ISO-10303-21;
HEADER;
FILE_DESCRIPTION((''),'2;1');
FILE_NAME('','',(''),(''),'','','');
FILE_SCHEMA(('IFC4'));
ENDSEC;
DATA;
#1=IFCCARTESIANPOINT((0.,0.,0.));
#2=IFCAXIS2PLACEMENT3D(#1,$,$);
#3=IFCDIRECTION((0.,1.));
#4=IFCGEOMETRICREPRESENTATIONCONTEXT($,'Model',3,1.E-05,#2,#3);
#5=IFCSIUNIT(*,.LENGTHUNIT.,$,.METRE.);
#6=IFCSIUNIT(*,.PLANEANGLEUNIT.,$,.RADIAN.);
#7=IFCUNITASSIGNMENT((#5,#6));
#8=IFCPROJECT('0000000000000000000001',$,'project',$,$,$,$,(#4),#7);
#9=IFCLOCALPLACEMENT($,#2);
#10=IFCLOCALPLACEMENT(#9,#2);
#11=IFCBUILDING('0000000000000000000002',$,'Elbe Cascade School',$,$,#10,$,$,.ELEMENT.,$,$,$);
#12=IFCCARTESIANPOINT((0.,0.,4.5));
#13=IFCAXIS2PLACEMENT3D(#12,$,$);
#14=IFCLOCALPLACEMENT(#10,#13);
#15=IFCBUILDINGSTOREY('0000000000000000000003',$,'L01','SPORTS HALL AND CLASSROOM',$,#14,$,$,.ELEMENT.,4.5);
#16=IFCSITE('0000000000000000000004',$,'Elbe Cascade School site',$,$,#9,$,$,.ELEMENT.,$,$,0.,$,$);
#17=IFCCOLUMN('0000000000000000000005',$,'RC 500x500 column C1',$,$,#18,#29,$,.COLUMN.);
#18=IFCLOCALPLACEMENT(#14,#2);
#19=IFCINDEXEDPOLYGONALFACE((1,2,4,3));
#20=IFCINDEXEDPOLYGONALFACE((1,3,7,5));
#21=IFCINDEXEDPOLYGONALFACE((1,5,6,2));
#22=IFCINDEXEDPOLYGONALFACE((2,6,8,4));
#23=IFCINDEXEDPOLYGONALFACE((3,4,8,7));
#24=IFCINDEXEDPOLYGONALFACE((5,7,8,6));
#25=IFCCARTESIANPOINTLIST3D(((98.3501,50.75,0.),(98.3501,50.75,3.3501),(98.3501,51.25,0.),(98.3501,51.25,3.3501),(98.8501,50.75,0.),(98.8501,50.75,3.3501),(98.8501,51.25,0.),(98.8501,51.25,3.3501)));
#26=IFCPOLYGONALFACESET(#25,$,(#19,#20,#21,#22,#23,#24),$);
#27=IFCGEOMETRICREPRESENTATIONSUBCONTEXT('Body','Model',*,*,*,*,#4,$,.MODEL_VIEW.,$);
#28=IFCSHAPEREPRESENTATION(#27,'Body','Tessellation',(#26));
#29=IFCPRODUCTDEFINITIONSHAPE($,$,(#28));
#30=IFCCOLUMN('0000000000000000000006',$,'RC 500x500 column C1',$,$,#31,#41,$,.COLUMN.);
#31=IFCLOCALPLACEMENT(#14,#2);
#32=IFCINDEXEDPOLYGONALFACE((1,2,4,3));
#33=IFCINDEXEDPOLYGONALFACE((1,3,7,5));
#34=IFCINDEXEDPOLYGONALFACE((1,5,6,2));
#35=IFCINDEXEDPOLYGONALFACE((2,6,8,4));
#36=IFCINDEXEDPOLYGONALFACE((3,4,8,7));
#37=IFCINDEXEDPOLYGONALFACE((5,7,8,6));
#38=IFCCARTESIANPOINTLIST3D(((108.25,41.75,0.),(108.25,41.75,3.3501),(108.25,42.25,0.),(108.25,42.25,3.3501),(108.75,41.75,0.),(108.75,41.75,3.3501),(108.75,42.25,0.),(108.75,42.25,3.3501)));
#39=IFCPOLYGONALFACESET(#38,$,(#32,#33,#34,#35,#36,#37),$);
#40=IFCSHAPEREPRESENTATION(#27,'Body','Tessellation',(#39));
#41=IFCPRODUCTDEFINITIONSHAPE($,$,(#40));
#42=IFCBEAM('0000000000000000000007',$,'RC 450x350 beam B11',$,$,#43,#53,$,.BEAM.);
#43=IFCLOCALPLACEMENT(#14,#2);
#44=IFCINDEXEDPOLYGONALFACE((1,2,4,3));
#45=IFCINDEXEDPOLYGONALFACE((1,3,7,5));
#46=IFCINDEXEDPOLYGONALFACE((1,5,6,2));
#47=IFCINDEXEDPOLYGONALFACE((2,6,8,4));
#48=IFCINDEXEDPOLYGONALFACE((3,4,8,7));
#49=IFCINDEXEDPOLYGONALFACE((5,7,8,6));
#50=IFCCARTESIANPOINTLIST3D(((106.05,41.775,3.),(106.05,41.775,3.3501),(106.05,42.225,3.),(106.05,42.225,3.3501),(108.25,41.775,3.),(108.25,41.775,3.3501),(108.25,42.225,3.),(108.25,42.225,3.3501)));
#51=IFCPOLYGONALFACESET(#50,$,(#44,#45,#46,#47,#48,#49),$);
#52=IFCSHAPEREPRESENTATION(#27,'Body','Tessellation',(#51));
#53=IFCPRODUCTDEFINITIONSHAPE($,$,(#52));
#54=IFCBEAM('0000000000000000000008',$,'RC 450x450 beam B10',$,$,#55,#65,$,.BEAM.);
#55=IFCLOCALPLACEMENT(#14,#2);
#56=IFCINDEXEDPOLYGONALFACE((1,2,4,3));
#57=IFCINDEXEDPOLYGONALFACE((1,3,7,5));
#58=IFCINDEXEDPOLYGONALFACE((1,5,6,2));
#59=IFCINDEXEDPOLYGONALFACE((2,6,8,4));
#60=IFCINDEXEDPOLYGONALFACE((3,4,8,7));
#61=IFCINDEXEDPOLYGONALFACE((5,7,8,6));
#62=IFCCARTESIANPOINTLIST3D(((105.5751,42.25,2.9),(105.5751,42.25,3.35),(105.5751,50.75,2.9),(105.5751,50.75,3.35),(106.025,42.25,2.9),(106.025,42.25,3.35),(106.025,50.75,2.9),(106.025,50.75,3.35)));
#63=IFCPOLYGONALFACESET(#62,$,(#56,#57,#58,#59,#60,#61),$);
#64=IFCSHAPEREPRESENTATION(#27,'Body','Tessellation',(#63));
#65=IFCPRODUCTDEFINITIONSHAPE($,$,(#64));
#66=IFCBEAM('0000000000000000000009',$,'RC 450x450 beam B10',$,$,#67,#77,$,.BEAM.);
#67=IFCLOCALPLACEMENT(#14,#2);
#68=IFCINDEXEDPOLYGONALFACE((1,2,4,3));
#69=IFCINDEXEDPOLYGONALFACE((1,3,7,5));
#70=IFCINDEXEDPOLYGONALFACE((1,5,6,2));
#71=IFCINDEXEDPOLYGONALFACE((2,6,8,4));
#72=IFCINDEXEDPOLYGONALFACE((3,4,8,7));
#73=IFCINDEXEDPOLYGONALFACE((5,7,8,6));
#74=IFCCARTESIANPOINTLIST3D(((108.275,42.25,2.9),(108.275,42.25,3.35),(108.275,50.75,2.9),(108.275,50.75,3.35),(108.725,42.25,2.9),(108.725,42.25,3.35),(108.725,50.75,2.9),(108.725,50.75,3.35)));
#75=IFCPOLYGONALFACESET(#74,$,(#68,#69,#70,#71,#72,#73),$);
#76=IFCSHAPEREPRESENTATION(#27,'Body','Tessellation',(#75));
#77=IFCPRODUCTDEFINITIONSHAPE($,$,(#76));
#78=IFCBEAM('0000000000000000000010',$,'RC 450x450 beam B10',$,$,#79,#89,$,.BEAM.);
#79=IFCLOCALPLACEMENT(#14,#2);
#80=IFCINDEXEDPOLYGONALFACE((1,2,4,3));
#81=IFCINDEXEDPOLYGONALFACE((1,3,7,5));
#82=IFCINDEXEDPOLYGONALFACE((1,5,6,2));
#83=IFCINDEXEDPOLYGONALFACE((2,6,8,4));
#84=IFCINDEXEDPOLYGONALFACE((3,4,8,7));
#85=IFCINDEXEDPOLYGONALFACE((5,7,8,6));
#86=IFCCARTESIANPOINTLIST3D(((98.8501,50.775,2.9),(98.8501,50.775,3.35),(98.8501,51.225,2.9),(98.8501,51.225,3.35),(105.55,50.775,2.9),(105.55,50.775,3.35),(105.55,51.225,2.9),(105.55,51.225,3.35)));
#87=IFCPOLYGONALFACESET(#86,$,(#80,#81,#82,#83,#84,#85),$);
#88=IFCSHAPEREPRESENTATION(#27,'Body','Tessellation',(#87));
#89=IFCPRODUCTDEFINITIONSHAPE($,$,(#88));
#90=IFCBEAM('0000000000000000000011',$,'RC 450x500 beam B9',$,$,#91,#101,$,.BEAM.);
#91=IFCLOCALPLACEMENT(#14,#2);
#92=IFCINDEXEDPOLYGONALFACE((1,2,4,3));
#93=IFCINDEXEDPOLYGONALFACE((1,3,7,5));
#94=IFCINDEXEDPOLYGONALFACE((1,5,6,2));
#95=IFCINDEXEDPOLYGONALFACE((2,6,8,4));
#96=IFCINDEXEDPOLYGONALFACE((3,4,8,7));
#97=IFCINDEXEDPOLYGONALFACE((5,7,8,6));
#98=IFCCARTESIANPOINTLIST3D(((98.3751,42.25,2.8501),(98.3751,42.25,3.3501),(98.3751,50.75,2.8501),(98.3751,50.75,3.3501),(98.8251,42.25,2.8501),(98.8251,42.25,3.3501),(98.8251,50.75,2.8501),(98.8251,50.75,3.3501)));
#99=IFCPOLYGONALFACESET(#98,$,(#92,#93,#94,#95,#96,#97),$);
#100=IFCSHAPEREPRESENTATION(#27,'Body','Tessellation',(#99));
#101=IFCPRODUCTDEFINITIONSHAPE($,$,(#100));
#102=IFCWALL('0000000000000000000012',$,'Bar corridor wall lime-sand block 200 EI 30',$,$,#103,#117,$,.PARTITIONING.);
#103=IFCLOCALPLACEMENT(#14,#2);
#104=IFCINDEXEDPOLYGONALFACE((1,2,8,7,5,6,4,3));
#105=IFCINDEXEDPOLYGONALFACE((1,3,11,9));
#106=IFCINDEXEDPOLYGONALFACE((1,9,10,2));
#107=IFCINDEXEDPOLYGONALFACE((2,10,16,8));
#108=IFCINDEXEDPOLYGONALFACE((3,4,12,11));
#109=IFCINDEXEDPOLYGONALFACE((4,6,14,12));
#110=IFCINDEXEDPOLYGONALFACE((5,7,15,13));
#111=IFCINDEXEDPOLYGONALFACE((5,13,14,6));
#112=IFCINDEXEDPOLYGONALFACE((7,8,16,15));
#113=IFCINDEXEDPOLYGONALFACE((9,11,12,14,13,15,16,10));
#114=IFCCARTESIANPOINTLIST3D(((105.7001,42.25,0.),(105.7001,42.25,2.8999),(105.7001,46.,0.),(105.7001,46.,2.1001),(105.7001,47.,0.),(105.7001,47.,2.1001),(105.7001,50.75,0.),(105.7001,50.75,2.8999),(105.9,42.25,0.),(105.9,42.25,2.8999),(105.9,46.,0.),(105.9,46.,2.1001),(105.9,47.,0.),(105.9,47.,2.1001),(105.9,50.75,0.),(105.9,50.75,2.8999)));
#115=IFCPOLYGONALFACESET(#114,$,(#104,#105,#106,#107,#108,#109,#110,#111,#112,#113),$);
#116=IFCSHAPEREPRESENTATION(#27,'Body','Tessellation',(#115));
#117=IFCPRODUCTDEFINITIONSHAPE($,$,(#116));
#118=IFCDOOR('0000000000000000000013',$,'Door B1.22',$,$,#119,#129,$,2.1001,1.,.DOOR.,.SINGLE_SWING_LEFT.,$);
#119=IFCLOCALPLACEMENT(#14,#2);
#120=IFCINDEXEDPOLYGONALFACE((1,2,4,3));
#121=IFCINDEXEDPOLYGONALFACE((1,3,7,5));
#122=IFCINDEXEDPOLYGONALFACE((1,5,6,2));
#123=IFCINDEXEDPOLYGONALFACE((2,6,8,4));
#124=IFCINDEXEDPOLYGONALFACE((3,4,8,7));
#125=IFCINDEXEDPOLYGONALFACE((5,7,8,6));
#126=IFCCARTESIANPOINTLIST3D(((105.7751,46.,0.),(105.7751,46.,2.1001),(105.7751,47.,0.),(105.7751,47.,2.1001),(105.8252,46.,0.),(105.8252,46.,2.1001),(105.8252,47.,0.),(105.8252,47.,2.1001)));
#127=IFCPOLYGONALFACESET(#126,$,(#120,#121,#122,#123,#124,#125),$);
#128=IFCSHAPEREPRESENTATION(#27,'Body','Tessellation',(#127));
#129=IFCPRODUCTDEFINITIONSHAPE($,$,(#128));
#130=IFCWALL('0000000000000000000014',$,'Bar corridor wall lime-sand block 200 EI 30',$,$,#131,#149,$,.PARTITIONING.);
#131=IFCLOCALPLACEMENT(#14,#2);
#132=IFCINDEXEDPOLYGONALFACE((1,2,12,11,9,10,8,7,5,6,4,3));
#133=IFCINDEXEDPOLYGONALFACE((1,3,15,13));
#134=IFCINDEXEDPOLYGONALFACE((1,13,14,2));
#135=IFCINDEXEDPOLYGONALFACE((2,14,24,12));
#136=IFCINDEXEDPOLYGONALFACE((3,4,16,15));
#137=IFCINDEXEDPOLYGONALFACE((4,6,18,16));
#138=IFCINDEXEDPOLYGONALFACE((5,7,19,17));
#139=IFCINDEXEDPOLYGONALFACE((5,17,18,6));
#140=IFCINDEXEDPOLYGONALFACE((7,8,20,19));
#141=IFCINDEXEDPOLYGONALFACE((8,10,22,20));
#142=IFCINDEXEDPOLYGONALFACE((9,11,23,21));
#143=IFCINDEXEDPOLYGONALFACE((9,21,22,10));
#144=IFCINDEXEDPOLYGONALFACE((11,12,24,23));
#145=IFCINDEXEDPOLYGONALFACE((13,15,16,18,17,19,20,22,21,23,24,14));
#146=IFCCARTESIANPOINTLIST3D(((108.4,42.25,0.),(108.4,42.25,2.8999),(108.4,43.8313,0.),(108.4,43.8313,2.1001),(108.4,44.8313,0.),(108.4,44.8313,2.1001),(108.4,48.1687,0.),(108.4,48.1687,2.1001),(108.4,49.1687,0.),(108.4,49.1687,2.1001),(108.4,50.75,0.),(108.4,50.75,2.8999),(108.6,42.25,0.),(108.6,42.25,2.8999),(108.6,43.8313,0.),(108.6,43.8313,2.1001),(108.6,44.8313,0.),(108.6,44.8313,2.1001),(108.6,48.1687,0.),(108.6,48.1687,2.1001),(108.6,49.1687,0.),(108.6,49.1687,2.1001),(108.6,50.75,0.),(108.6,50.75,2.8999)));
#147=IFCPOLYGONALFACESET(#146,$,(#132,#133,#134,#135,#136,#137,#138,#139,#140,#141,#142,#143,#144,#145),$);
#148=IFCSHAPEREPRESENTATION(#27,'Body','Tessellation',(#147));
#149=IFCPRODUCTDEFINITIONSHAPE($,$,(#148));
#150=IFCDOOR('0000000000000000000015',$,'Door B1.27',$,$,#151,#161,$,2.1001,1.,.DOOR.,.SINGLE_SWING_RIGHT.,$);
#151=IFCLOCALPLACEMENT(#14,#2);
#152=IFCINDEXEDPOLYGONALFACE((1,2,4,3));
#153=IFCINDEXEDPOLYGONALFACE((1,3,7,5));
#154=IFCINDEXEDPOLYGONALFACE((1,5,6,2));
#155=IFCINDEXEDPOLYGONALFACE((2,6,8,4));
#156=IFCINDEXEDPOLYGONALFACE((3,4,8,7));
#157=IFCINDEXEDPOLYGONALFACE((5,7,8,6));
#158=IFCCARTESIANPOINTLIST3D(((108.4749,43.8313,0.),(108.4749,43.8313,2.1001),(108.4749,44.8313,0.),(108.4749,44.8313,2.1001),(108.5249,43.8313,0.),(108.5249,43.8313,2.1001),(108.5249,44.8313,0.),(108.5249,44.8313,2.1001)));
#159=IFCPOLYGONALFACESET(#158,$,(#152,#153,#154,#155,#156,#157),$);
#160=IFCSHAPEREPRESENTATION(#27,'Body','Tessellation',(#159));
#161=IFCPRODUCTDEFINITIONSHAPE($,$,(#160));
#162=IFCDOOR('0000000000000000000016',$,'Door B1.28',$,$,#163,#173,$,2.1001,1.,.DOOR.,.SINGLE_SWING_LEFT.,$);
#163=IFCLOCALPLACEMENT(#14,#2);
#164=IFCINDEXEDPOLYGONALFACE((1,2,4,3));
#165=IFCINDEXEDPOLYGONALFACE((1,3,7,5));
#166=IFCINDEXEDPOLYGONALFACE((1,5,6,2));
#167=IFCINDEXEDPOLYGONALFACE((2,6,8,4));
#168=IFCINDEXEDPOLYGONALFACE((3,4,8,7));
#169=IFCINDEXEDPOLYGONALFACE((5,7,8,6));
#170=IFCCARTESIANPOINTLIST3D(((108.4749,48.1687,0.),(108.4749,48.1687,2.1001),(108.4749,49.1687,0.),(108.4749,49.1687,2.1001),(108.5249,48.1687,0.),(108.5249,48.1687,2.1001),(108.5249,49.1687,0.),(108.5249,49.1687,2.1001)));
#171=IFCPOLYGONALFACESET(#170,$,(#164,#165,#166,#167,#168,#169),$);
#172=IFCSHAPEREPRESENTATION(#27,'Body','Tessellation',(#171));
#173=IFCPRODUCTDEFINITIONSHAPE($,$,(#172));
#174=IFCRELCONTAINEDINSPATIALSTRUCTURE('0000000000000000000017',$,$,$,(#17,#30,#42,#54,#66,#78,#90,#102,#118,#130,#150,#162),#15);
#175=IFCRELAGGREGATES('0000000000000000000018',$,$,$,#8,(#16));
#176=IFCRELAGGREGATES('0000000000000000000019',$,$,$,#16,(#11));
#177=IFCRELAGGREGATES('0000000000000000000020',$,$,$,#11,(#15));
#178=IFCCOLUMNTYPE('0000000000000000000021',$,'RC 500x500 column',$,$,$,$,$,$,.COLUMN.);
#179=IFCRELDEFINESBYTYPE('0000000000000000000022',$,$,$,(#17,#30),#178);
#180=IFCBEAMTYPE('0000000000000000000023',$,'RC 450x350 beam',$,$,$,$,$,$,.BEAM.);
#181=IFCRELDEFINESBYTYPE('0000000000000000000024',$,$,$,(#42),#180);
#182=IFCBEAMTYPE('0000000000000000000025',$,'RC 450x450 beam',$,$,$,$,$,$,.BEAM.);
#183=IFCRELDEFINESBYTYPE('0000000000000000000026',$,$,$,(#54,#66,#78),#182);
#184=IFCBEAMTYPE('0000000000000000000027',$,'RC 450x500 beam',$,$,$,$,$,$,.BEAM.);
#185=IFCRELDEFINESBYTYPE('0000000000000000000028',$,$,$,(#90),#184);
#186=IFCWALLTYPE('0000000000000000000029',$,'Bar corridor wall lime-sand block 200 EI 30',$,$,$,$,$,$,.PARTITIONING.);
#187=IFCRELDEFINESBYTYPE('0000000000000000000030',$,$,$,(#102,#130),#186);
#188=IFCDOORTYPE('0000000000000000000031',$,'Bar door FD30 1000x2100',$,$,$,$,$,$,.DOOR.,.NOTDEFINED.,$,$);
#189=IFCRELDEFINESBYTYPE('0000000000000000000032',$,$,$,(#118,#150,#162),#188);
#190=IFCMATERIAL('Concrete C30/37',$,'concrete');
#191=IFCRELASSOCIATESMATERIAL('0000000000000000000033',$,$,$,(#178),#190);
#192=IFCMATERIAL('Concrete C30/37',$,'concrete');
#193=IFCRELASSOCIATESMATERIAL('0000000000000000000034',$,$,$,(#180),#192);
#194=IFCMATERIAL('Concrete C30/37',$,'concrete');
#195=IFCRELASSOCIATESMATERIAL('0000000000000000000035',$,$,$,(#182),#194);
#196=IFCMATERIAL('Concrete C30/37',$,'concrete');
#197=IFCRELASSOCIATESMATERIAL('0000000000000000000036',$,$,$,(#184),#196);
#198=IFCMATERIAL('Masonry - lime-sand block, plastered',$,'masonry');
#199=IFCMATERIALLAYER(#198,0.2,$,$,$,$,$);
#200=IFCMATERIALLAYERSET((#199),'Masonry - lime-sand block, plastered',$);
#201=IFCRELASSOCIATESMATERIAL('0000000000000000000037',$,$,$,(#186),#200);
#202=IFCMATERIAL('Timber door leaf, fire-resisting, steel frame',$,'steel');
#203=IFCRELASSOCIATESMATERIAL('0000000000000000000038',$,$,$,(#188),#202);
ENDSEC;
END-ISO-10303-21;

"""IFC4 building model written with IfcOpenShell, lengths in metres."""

from ifc_helpers import new_model, si_unit, direction, frame, frame_2d, origin, origin_2d, place, context, subcontext, project, spatial, rectangle, extrude, material, layer, layer_set, material_profile, profile_set, type_object, element, fill, save


model = new_model("IFC4")

# Units and contexts
model_context = context("Model", 3, precision=1e-05, world=origin(), true_north=direction((0.0, 1.0)))
body_context = subcontext(model_context, "Body", "Model", "MODEL_VIEW")
ifc_project = project(units=[si_unit("LENGTHUNIT", "METRE"), si_unit("PLANEANGLEUNIT", "RADIAN")], contexts=[model_context])

# Site, building, storey
site_placement = place(None, origin())
site = spatial("IfcSite", under=ifc_project, at=site_placement, Name="Elbe Cascade School site", CompositionType="ELEMENT", RefElevation=0.0)
building_placement = place(site_placement, origin())
building = spatial("IfcBuilding", under=site, at=building_placement, Name="Elbe Cascade School", CompositionType="ELEMENT")
storey_placement = place(building_placement, frame((0.0, 0.0, 4.5)))
storey = spatial("IfcBuildingStorey", under=building, at=storey_placement, Name="L01", Description="SPORTS HALL AND CLASSROOM", CompositionType="ELEMENT", Elevation=4.5)

# Columns
ifc_material_1 = material(Name="Concrete C30/37", Category="concrete")
ifc_material_profile_1 = material_profile(ifc_material_1, rectangle(XDim=0.5, YDim=0.5, at=origin_2d()), Name="RC 500x500")
ifc_profile_set_1 = profile_set([ifc_material_profile_1], Name="Concrete C30/37")
column_type = type_object("IfcColumnType", Name="RC 500x500 column", PredefinedType="COLUMN", material=ifc_profile_set_1)
for number, where, z_axis, x_axis, name in (
    (1, (98.6001, 51.0, 0.0), (0.0, 0.0, 1.0), (1.0, 0.0, 0.0), "RC 500x500 column C1"),
    (2, (108.5, 42.0, 0.0), (0.0, 0.0, 1.0), (1.0, 0.0, 0.0), "RC 500x500 column C1"),
):
    element("IfcColumn", number, at=place(storey_placement, frame(where, z_axis=z_axis, x_axis=x_axis)), inside=storey, type_object=column_type, Name=name, PredefinedType="COLUMN", context=body_context, shape_type="SweptSolid", body=[
        extrude(rectangle(XDim=0.5, YDim=0.5, at=origin_2d()), origin(), (0.0, 0.0, 1.0), 3.3501),
    ])

# Beams
ifc_material_2 = material(Name="Concrete C30/37", Category="concrete")
ifc_material_profile_2 = material_profile(ifc_material_2, rectangle(XDim=0.45, YDim=0.3501, at=origin_2d()), Name="RC 450x350")
ifc_profile_set_2 = profile_set([ifc_material_profile_2], Name="Concrete C30/37")
beam_type_1 = type_object("IfcBeamType", Name="RC 450x350 beam", PredefinedType="BEAM", material=ifc_profile_set_2)
beam_1_placement = place(storey_placement, frame((106.05, 42.0, 3.175), z_axis=(1.0, 0.0, 0.0), x_axis=(0.0, 1.0, 0.0)))
element("IfcBeam", 3, at=beam_1_placement, inside=storey, type_object=beam_type_1, Name="RC 450x350 beam B11", PredefinedType="BEAM", context=body_context, shape_type="SweptSolid", body=[
    extrude(rectangle(XDim=0.45, YDim=0.3501, at=origin_2d()), origin(), (0.0, 0.0, 1.0), 2.2),
])
ifc_material_3 = material(Name="Concrete C30/37", Category="concrete")
ifc_material_profile_3 = material_profile(ifc_material_3, rectangle(XDim=0.45, YDim=0.45, at=origin_2d()), Name="RC 450x450")
ifc_profile_set_3 = profile_set([ifc_material_profile_3], Name="Concrete C30/37")
beam_type_2 = type_object("IfcBeamType", Name="RC 450x450 beam", PredefinedType="BEAM", material=ifc_profile_set_3)
for number, where, z_axis, x_axis, name in (
    (4, (105.8, 42.25, 3.125), (0.0, 1.0, 0.0), (-1.0, 0.0, 0.0), "RC 450x450 beam B10"),
    (5, (108.5, 42.25, 3.125), (0.0, 1.0, 0.0), (-1.0, 0.0, 0.0), "RC 450x450 beam B10"),
):
    element("IfcBeam", number, at=place(storey_placement, frame(where, z_axis=z_axis, x_axis=x_axis)), inside=storey, type_object=beam_type_2, Name=name, PredefinedType="BEAM", context=body_context, shape_type="SweptSolid", body=[
        extrude(rectangle(XDim=0.45, YDim=0.45, at=origin_2d()), origin(), (0.0, 0.0, 1.0), 8.5),
    ])
beam_2_placement = place(storey_placement, frame((98.8501, 51.0, 3.125), z_axis=(1.0, 0.0, 0.0), x_axis=(0.0, 1.0, 0.0)))
element("IfcBeam", 6, at=beam_2_placement, inside=storey, type_object=beam_type_2, Name="RC 450x450 beam B10", PredefinedType="BEAM", context=body_context, shape_type="SweptSolid", body=[
    extrude(rectangle(XDim=0.45, YDim=0.45, at=origin_2d()), origin(), (0.0, 0.0, 1.0), 6.7),
])
ifc_material_4 = material(Name="Concrete C30/37", Category="concrete")
ifc_material_profile_4 = material_profile(ifc_material_4, rectangle(XDim=0.45, YDim=0.5, at=origin_2d()), Name="RC 450x500")
ifc_profile_set_4 = profile_set([ifc_material_profile_4], Name="Concrete C30/37")
beam_type_3 = type_object("IfcBeamType", Name="RC 450x500 beam", PredefinedType="BEAM", material=ifc_profile_set_4)
beam_3_placement = place(storey_placement, frame((98.6001, 42.25, 3.1001), z_axis=(0.0, 1.0, 0.0), x_axis=(-1.0, 0.0, 0.0)))
element("IfcBeam", 7, at=beam_3_placement, inside=storey, type_object=beam_type_3, Name="RC 450x500 beam B9", PredefinedType="BEAM", context=body_context, shape_type="SweptSolid", body=[
    extrude(rectangle(XDim=0.45, YDim=0.5, at=origin_2d()), origin(), (0.0, 0.0, 1.0), 8.5),
])

# Wall, opening, door
ifc_material_5 = material(Name="Masonry - lime-sand block, plastered", Category="masonry")
ifc_layer_1 = layer(ifc_material_5, 0.2)
ifc_layer_set_1 = layer_set([ifc_layer_1], Name="Masonry - lime-sand block, plastered")
wall_type_1 = type_object("IfcWallType", Name="Bar corridor wall lime-sand block 200 EI 30", PredefinedType="PARTITIONING", material=ifc_layer_set_1)
wall_1_placement = place(storey_placement, frame((105.8, 42.25, 0.0), z_axis=(0.0, 0.0, 1.0), x_axis=(0.0, 1.0, 0.0)))
wall_1 = element("IfcWall", 8, at=wall_1_placement, inside=storey, type_object=wall_type_1, Name="Bar corridor wall lime-sand block 200 EI 30", PredefinedType="PARTITIONING", context=body_context, shape_type="SweptSolid", body=[
    extrude(rectangle(XDim=8.5, YDim=0.2, at=frame_2d((4.25, 0.0))), origin(), (0.0, 0.0, 1.0), 2.8999),
])
opening_1_placement = place(wall_1_placement, frame((3.75, 0.0, 0.0)))
opening_1 = element("IfcOpeningElement", 9, at=opening_1_placement, cuts=wall_1, PredefinedType="OPENING", context=body_context, shape_type="SweptSolid", body=[
    extrude(rectangle(XDim=1.0, YDim=2.1001, at=frame_2d((0.5, 1.05))), frame((0.0, 0.1099, 0.0), z_axis=(0.0, -1.0, 0.0), x_axis=(1.0, 0.0, 0.0)), (0.0, 0.0, 1.0), 0.22),
])
ifc_material_6 = material(Name="Timber door leaf, fire-resisting, steel frame", Category="steel")
door_type = type_object("IfcDoorType", Name="Bar door FD30 1000x2100", OperationType="NOTDEFINED", PredefinedType="DOOR", material=ifc_material_6)
door_1_placement = place(opening_1_placement, origin())
door_1 = element("IfcDoor", 10, at=door_1_placement, inside=storey, type_object=door_type, Name="Door B1.22", OperationType="SINGLE_SWING_LEFT", OverallHeight=2.1001, OverallWidth=1.0, PredefinedType="DOOR", context=body_context, shape_type="SweptSolid", body=[
    extrude(rectangle(XDim=1.0, YDim=2.1001, at=frame_2d((0.5, 1.05))), frame((0.0, 0.0249, 0.0), z_axis=(0.0, -1.0, 0.0), x_axis=(1.0, 0.0, 0.0)), (0.0, 0.0, 1.0), 0.05),
])
fill(opening_1, door_1)

# Wall, openings, doors
wall_2_placement = place(storey_placement, frame((108.5, 50.75, 0.0), z_axis=(0.0, 0.0, 1.0), x_axis=(0.0, -1.0, 0.0)))
wall_2 = element("IfcWall", 11, at=wall_2_placement, inside=storey, type_object=wall_type_1, Name="Bar corridor wall lime-sand block 200 EI 30", PredefinedType="PARTITIONING", context=body_context, shape_type="SweptSolid", body=[
    extrude(rectangle(XDim=8.5, YDim=0.2, at=frame_2d((4.25, 0.0))), origin(), (0.0, 0.0, 1.0), 2.8999),
])
opening_2_placement = place(wall_2_placement, frame((5.9187, 0.0, 0.0)))
opening_2 = element("IfcOpeningElement", 12, at=opening_2_placement, cuts=wall_2, PredefinedType="OPENING", context=body_context, shape_type="SweptSolid", body=[
    extrude(rectangle(XDim=1.0, YDim=2.1001, at=frame_2d((0.5, 1.05))), frame((0.0, 0.1099, 0.0), z_axis=(0.0, -1.0, 0.0), x_axis=(1.0, 0.0, 0.0)), (0.0, 0.0, 1.0), 0.22),
])
opening_3_placement = place(wall_2_placement, frame((1.5813, 0.0, 0.0)))
opening_3 = element("IfcOpeningElement", 13, at=opening_3_placement, cuts=wall_2, PredefinedType="OPENING", context=body_context, shape_type="SweptSolid", body=[
    extrude(rectangle(XDim=1.0, YDim=2.1001, at=frame_2d((0.5, 1.05))), frame((0.0, 0.1099, 0.0), z_axis=(0.0, -1.0, 0.0), x_axis=(1.0, 0.0, 0.0)), (0.0, 0.0, 1.0), 0.22),
])
door_2_placement = place(opening_2_placement, origin())
door_2 = element("IfcDoor", 14, at=door_2_placement, inside=storey, type_object=door_type, Name="Door B1.27", OperationType="SINGLE_SWING_RIGHT", OverallHeight=2.1001, OverallWidth=1.0, PredefinedType="DOOR", context=body_context, shape_type="SweptSolid", body=[
    extrude(rectangle(XDim=1.0, YDim=2.1001, at=frame_2d((0.5, 1.05))), frame((0.0, 0.0249, 0.0), z_axis=(0.0, -1.0, 0.0), x_axis=(1.0, 0.0, 0.0)), (0.0, 0.0, 1.0), 0.05),
])
fill(opening_2, door_2)
door_3_placement = place(opening_3_placement, origin())
door_3 = element("IfcDoor", 15, at=door_3_placement, inside=storey, type_object=door_type, Name="Door B1.28", OperationType="SINGLE_SWING_LEFT", OverallHeight=2.1001, OverallWidth=1.0, PredefinedType="DOOR", context=body_context, shape_type="SweptSolid", body=[
    extrude(rectangle(XDim=1.0, YDim=2.1001, at=frame_2d((0.5, 1.05))), frame((0.0, 0.0249, 0.0), z_axis=(0.0, -1.0, 0.0), x_axis=(1.0, 0.0, 0.0)), (0.0, 0.0, 1.0), 0.05),
])
fill(opening_3, door_3)

save(model, "model.ifc")
